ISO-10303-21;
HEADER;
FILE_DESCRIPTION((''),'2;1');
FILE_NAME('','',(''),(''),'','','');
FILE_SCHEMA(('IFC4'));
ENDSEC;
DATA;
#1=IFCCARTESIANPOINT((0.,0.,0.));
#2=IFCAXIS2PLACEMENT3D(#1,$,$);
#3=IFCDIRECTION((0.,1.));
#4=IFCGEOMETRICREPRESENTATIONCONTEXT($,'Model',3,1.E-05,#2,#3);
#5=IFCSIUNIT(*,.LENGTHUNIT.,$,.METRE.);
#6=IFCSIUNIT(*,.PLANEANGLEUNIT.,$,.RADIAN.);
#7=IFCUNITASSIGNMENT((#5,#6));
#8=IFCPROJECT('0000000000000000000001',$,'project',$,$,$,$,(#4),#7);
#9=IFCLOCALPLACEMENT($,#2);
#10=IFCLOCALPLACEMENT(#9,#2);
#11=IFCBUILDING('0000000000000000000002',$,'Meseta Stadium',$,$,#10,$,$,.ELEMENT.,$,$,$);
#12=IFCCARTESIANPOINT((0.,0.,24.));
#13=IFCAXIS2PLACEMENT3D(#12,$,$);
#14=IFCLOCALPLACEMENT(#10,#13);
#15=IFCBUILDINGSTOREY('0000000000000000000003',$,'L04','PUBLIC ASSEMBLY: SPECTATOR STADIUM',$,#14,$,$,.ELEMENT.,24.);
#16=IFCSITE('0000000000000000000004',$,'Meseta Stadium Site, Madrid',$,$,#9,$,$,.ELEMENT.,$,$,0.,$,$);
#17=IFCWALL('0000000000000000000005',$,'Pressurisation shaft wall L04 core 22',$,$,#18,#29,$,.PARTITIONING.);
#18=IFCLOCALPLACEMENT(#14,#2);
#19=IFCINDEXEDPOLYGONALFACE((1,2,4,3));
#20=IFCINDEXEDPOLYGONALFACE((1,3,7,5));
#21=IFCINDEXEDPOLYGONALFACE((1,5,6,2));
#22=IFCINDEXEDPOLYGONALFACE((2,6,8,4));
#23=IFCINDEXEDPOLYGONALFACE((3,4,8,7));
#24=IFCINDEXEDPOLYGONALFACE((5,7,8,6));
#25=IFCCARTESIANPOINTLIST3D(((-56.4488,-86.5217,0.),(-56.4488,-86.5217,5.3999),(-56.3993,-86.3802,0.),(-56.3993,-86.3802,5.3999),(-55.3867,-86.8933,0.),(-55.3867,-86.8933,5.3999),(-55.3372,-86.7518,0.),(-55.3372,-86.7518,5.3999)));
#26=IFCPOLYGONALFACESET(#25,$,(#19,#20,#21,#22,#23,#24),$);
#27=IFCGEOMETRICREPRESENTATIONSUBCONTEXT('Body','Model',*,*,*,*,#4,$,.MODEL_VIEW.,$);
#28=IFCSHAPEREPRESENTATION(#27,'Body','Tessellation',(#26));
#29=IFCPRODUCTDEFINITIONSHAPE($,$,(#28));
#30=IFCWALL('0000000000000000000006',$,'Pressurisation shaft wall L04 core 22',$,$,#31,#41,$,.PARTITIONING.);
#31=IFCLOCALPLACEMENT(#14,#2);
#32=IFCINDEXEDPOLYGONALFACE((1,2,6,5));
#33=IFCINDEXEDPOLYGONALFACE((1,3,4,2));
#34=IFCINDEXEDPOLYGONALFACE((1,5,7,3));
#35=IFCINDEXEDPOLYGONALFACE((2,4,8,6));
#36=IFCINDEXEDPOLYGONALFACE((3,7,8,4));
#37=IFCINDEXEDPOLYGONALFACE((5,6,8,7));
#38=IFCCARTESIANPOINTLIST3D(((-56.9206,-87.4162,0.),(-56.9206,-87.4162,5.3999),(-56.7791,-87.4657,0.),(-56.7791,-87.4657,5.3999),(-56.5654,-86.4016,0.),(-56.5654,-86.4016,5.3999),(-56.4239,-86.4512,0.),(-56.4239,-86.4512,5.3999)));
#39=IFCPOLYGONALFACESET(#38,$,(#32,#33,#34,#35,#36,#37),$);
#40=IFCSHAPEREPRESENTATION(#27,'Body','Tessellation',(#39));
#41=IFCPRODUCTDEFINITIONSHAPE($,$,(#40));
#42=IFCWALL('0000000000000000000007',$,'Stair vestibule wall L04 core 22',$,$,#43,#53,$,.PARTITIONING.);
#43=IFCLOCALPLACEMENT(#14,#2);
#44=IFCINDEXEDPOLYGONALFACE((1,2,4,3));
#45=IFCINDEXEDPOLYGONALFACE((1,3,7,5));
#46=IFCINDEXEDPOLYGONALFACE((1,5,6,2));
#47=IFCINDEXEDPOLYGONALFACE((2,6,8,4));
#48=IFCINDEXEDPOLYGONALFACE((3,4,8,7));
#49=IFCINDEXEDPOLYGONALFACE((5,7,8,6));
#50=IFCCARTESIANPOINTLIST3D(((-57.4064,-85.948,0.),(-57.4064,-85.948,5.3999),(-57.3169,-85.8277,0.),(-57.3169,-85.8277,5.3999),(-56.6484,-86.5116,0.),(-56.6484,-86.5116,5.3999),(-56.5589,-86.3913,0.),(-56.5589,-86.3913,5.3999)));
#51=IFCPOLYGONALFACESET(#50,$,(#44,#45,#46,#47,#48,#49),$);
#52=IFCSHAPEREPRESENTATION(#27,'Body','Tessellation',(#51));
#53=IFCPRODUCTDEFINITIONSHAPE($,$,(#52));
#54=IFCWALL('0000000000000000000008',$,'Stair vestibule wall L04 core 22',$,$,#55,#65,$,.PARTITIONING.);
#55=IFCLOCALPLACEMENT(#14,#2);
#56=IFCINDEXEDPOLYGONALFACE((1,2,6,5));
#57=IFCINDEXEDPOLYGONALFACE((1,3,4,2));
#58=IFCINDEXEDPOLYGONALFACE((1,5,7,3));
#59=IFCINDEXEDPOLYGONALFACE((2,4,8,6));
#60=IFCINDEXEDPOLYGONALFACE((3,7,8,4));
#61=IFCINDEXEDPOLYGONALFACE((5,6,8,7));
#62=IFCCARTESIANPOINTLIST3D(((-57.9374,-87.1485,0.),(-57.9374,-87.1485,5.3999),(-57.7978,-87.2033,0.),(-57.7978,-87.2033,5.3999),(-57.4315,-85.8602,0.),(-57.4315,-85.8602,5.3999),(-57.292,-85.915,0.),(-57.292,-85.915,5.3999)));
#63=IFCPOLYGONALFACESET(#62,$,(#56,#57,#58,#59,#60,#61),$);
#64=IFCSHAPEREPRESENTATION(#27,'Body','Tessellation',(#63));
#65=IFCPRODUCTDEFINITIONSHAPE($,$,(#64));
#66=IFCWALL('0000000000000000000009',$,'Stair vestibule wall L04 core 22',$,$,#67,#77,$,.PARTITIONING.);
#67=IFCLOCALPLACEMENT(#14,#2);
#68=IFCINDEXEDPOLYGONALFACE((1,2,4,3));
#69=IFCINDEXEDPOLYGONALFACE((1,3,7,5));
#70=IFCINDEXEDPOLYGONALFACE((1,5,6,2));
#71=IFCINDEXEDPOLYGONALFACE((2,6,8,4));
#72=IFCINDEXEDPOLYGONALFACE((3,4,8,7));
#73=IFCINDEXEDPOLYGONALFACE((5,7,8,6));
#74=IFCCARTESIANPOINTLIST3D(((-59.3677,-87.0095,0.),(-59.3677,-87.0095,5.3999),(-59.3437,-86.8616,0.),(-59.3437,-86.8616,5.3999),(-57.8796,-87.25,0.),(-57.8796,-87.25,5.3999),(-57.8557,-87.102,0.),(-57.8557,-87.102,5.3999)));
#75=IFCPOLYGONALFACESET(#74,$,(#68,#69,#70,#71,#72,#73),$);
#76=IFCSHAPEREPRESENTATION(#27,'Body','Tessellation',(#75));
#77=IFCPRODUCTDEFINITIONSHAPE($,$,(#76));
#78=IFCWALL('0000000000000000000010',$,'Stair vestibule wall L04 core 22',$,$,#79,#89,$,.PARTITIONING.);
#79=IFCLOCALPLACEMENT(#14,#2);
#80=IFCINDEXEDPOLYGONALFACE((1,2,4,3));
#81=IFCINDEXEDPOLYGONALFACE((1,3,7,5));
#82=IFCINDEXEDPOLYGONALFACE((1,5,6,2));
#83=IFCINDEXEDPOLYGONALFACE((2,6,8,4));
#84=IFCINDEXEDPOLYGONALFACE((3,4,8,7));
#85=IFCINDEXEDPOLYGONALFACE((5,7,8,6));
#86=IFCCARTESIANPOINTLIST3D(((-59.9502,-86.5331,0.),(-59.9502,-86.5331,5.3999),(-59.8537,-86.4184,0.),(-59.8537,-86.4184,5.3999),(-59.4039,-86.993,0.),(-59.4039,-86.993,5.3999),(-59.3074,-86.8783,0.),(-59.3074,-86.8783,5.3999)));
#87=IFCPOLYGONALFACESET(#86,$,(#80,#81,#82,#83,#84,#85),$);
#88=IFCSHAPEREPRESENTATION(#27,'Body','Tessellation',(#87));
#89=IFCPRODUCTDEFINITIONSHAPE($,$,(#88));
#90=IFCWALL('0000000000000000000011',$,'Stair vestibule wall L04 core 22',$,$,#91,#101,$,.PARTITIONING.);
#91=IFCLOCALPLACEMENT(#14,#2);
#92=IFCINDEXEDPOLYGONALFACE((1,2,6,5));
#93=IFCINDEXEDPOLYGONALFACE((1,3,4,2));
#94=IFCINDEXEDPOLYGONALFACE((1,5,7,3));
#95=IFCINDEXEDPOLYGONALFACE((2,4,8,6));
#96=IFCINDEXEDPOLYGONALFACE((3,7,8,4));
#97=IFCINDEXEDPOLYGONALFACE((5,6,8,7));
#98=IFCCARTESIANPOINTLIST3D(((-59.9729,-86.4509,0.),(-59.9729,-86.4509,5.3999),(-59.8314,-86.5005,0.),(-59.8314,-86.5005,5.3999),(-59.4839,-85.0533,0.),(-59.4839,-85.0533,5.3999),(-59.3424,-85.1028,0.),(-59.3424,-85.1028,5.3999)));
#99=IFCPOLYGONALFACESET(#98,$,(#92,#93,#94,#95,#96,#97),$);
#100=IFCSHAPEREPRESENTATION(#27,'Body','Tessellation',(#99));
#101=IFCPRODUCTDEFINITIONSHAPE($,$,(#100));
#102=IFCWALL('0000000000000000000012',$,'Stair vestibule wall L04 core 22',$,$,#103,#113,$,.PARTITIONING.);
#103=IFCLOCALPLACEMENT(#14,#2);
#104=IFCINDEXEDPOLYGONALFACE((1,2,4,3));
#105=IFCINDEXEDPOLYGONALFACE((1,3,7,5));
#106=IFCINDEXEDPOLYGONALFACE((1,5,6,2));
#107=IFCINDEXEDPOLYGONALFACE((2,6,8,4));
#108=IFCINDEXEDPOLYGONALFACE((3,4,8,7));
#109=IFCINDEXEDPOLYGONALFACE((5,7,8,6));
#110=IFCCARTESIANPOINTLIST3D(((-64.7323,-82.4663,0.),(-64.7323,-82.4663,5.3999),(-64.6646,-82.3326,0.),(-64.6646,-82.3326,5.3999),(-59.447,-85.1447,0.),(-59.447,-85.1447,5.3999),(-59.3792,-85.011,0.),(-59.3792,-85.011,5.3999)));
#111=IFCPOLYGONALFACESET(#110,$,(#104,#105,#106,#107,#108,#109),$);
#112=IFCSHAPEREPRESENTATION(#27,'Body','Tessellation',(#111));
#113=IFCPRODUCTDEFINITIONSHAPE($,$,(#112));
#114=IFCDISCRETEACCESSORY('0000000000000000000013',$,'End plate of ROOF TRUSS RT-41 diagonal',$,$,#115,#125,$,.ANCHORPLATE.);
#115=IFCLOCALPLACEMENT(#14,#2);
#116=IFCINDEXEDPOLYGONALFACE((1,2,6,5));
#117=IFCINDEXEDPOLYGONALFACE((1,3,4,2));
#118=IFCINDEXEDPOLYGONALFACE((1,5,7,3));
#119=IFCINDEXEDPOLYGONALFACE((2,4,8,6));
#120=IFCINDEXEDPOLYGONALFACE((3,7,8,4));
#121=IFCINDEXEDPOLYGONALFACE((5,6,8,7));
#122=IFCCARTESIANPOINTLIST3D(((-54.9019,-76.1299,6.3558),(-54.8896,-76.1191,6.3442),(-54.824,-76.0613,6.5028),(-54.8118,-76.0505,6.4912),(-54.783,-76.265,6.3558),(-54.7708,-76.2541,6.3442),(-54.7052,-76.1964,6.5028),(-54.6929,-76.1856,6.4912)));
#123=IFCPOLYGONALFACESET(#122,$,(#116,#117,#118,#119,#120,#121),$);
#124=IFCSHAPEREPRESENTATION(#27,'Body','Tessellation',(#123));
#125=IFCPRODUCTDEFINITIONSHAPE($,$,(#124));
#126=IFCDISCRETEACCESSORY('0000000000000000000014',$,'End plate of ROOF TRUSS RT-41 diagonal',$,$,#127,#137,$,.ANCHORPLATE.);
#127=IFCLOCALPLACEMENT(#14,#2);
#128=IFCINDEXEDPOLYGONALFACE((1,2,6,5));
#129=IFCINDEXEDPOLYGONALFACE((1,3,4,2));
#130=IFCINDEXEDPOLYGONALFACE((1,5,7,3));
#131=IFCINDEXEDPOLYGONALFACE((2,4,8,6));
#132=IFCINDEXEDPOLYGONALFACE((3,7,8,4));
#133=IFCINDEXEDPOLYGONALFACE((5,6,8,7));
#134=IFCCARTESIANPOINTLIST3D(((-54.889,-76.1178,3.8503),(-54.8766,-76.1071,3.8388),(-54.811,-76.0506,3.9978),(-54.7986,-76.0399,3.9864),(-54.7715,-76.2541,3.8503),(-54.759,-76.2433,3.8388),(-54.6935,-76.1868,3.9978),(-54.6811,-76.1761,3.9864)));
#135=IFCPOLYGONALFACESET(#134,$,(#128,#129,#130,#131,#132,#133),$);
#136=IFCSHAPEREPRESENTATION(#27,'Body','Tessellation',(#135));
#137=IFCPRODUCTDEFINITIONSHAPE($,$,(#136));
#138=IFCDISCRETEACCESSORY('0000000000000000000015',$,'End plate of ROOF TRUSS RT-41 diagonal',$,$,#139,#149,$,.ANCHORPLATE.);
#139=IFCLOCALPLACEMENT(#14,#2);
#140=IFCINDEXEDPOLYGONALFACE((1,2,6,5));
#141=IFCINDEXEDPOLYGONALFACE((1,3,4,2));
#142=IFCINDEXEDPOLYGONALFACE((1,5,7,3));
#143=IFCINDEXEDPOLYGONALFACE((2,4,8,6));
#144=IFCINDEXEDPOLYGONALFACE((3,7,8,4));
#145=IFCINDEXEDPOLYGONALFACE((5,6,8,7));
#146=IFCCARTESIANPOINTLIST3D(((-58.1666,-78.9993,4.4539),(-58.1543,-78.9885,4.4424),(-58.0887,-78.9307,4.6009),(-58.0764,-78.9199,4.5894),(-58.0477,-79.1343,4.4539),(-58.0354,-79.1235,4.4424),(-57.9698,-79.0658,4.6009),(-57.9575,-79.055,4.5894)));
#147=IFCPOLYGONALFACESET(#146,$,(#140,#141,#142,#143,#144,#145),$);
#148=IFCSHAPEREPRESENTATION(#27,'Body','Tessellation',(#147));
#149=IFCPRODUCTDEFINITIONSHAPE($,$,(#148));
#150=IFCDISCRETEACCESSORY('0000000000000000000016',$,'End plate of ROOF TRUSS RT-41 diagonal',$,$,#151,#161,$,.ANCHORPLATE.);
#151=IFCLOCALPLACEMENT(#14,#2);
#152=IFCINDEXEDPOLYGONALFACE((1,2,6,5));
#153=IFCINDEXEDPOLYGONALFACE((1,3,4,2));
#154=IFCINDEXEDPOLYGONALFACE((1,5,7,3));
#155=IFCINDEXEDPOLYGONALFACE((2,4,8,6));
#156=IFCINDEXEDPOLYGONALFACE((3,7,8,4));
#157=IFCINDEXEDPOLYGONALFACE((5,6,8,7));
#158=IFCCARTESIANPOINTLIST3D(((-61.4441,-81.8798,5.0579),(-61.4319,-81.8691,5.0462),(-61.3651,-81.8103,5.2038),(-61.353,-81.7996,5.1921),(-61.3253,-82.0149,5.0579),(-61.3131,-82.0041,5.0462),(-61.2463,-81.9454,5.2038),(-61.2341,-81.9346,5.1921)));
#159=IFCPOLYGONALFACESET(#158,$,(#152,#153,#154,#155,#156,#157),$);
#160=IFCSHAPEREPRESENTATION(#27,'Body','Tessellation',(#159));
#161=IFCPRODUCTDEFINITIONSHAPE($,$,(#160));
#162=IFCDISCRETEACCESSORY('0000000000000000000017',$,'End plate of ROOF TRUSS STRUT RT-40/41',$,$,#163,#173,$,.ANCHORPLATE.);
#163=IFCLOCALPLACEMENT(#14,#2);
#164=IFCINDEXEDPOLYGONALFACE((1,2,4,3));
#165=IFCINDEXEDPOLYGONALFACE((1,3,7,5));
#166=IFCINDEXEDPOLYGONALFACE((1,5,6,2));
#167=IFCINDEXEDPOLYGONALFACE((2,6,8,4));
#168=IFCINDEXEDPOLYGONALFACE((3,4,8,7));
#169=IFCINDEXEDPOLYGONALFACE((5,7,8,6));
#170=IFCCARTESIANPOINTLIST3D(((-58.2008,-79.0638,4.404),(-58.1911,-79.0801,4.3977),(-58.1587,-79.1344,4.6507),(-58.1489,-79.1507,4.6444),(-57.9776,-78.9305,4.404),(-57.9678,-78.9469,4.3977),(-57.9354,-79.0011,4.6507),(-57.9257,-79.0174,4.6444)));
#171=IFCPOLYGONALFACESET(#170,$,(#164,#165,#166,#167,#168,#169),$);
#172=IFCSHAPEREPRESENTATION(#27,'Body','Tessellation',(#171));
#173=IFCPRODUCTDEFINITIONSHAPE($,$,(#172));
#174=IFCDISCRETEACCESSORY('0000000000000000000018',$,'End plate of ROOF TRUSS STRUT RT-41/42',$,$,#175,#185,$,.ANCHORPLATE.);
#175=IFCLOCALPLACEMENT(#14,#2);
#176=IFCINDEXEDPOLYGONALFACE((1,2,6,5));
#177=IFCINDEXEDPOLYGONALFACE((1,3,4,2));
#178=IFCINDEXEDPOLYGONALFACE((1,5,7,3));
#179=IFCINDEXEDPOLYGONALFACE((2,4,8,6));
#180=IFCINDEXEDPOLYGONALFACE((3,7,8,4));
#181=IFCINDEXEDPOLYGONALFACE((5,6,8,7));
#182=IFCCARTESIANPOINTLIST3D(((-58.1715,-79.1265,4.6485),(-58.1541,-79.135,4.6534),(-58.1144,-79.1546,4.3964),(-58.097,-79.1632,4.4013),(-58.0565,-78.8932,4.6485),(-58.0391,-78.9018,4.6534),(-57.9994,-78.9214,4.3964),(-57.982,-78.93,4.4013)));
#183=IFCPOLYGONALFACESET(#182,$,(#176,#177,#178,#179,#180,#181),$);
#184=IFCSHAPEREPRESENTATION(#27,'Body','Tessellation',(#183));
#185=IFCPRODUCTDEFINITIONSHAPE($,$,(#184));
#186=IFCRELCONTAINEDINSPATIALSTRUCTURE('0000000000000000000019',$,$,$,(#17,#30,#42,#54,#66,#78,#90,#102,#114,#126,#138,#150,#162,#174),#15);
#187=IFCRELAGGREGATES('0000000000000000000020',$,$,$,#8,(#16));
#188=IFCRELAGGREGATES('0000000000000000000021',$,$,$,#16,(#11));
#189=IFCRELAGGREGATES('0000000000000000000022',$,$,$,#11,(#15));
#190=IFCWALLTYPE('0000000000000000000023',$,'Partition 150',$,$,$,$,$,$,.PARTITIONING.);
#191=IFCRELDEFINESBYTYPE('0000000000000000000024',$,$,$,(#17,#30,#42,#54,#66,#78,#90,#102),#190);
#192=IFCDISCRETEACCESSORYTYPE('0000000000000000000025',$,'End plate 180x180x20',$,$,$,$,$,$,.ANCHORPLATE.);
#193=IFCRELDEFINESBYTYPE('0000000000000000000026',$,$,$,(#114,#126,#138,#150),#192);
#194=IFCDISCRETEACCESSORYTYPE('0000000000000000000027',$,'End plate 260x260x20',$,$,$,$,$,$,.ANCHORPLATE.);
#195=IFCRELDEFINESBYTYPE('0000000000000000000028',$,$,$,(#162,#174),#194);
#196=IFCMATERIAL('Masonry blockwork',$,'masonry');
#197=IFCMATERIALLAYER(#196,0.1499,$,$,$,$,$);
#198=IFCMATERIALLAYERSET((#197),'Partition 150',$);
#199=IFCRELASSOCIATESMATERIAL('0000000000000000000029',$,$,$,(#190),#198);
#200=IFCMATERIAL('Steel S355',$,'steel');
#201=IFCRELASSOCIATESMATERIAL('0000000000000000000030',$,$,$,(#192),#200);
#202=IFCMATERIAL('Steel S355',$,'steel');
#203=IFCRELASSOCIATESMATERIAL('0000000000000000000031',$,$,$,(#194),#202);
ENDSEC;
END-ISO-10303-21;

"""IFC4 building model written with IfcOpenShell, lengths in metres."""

from ifc_helpers import new_model, si_unit, direction, frame, frame_2d, origin, origin_2d, place, context, subcontext, project, spatial, rectangle, extrude, material, layer, layer_set, material_profile, profile_set, type_object, element, save


model = new_model("IFC4")

# Units and contexts
model_context = context("Model", 3, precision=1e-05, world=origin(), true_north=direction((0.0, 1.0)))
body_context = subcontext(model_context, "Body", "Model", "MODEL_VIEW")
ifc_project = project(units=[si_unit("LENGTHUNIT", "METRE"), si_unit("PLANEANGLEUNIT", "RADIAN")], contexts=[model_context])

# Site, building, storey
site_placement = place(None, origin())
site = spatial("IfcSite", under=ifc_project, at=site_placement, Name="Meseta Stadium Site, Madrid", CompositionType="ELEMENT", RefElevation=0.0)
building_placement = place(site_placement, origin())
building = spatial("IfcBuilding", under=site, at=building_placement, Name="Meseta Stadium", CompositionType="ELEMENT")
storey_placement = place(building_placement, frame((0.0, 0.0, 24.0)))
storey = spatial("IfcBuildingStorey", under=building, at=storey_placement, Name="L04", Description="PUBLIC ASSEMBLY: SPECTATOR STADIUM", CompositionType="ELEMENT", Elevation=24.0)

# Walls
ifc_material_1 = material(Name="Masonry blockwork", Category="masonry")
ifc_layer = layer(ifc_material_1, 0.1499)
ifc_layer_set = layer_set([ifc_layer], Name="Partition 150")
wall_type = type_object("IfcWallType", Name="Partition 150", PredefinedType="PARTITIONING", material=ifc_layer_set)
wall_1_placement = place(storey_placement, frame((-55.3621, -86.8225, 0.0), z_axis=(0.0, 0.0, 1.0), x_axis=(-0.943892, 0.330254, 0.0)))
element("IfcWall", 1, at=wall_1_placement, inside=storey, type_object=wall_type, Name="Pressurisation shaft wall L04 core 22", PredefinedType="PARTITIONING", context=body_context, shape_type="SweptSolid", body=[
    extrude(rectangle(XDim=1.1252, YDim=0.1499, at=frame_2d((0.5625, 0.0))), origin(), (0.0, 0.0, 1.0), 5.3999),
])
wall_2_placement = place(storey_placement, frame((-56.4946, -86.4263, 0.0), z_axis=(0.0, 0.0, 1.0), x_axis=(-0.330431, -0.94383, 0.0)))
element("IfcWall", 2, at=wall_2_placement, inside=storey, type_object=wall_type, Name="Pressurisation shaft wall L04 core 22", PredefinedType="PARTITIONING", context=body_context, shape_type="SweptSolid", body=[
    extrude(rectangle(XDim=1.075, YDim=0.1499, at=frame_2d((0.5376, 0.0))), origin(), (0.0, 0.0, 1.0), 5.3999),
])
wall_3_placement = place(storey_placement, frame((-56.6038, -86.4514, 0.0), z_axis=(0.0, 0.0, 1.0), x_axis=(-0.802443, 0.596728, 0.0)))
element("IfcWall", 3, at=wall_3_placement, inside=storey, type_object=wall_type, Name="Stair vestibule wall L04 core 22", PredefinedType="PARTITIONING", context=body_context, shape_type="SweptSolid", body=[
    extrude(rectangle(XDim=0.9446, YDim=0.1499, at=frame_2d((0.4722, 0.0))), origin(), (0.0, 0.0, 1.0), 5.3999),
])
wall_4_placement = place(storey_placement, frame((-57.3618, -85.8877, 0.0), z_axis=(0.0, 0.0, 1.0), x_axis=(-0.365483, -0.930818, 0.0)))
element("IfcWall", 4, at=wall_4_placement, inside=storey, type_object=wall_type, Name="Stair vestibule wall L04 core 22", PredefinedType="PARTITIONING", context=body_context, shape_type="SweptSolid", body=[
    extrude(rectangle(XDim=1.384, YDim=0.1499, at=frame_2d((0.6919, 0.0))), origin(), (0.0, 0.0, 1.0), 5.3999),
])
wall_5_placement = place(storey_placement, frame((-57.8677, -87.176, 0.0), z_axis=(0.0, 0.0, 1.0), x_axis=(-0.987192, 0.159538, 0.0)))
element("IfcWall", 5, at=wall_5_placement, inside=storey, type_object=wall_type, Name="Stair vestibule wall L04 core 22", PredefinedType="PARTITIONING", context=body_context, shape_type="SweptSolid", body=[
    extrude(rectangle(XDim=1.5073, YDim=0.1499, at=frame_2d((0.7537, 0.0))), origin(), (0.0, 0.0, 1.0), 5.3999),
])
wall_6_placement = place(storey_placement, frame((-59.3557, -86.9355, 0.0), z_axis=(0.0, 0.0, 1.0), x_axis=(-0.765018, 0.644009, 0.0)))
element("IfcWall", 6, at=wall_6_placement, inside=storey, type_object=wall_type, Name="Stair vestibule wall L04 core 22", PredefinedType="PARTITIONING", context=body_context, shape_type="SweptSolid", body=[
    extrude(rectangle(XDim=0.7141, YDim=0.1499, at=frame_2d((0.3569, 0.0))), origin(), (0.0, 0.0, 1.0), 5.3999),
])
wall_7_placement = place(storey_placement, frame((-59.9021, -86.4756, 0.0), z_axis=(0.0, 0.0, 1.0), x_axis=(0.33024, 0.943897, 0.0)))
element("IfcWall", 7, at=wall_7_placement, inside=storey, type_object=wall_type, Name="Stair vestibule wall L04 core 22", PredefinedType="PARTITIONING", context=body_context, shape_type="SweptSolid", body=[
    extrude(rectangle(XDim=1.4807, YDim=0.1499, at=frame_2d((0.7402, 0.0))), origin(), (0.0, 0.0, 1.0), 5.3999),
])
wall_8_placement = place(storey_placement, frame((-59.4131, -85.0779, 0.0), z_axis=(0.0, 0.0, 1.0), x_axis=(-0.892, 0.452036, 0.0)))
element("IfcWall", 8, at=wall_8_placement, inside=storey, type_object=wall_type, Name="Stair vestibule wall L04 core 22", PredefinedType="PARTITIONING", context=body_context, shape_type="SweptSolid", body=[
    extrude(rectangle(XDim=5.9253, YDim=0.1499, at=frame_2d((2.9626, 0.0))), origin(), (0.0, 0.0, 1.0), 5.3999),
])

# Discrete accessories
ifc_material_2 = material(Name="Steel S355", Category="steel")
ifc_material_profile_1 = material_profile(ifc_material_2, rectangle(XDim=0.1799, YDim=0.1799, at=origin_2d()), Name="PL 180x180")
ifc_profile_set_1 = profile_set([ifc_material_profile_1], Name="Steel S355")
discrete_accessory_type_1 = type_object("IfcDiscreteAccessoryType", Name="End plate 180x180x20", PredefinedType="ANCHORPLATE", material=ifc_profile_set_1)
for number, where, z_axis, x_axis, name in (
    (9, (-54.7913, -76.1523, 6.4177), (-0.61337, -0.539766, 0.576568), (0.660628, -0.750714, 0.0), "End plate of ROOF TRUSS RT-41 diagonal"),
    (10, (-54.7788, -76.1416, 3.9126), (-0.620936, -0.53571, 0.572235), (0.653233, -0.757157, 0.0), "End plate of ROOF TRUSS RT-41 diagonal"),
    (11, (-58.0559, -79.0217, 4.5159), (-0.61337, -0.539766, 0.576568), (0.660628, -0.750714, 0.0), "End plate of ROOF TRUSS RT-41 diagonal"),
    (12, (-61.333, -81.9019, 5.1191), (-0.609032, -0.535948, 0.584671), (0.660628, -0.750714, 0.0), "End plate of ROOF TRUSS RT-41 diagonal"),
):
    element("IfcDiscreteAccessory", number, at=place(storey_placement, frame(where, z_axis=z_axis, x_axis=x_axis)), inside=storey, type_object=discrete_accessory_type_1, Name=name, PredefinedType="ANCHORPLATE", context=body_context, shape_type="SweptSolid", body=[
        extrude(rectangle(XDim=0.1799, YDim=0.1799, at=origin_2d()), origin(), (0.0, 0.0, 1.0), 0.02),
    ])
ifc_material_3 = material(Name="Steel S355", Category="steel")
ifc_material_profile_2 = material_profile(ifc_material_3, rectangle(XDim=0.26, YDim=0.26, at=origin_2d()), Name="PL 260x260")
ifc_profile_set_2 = profile_set([ifc_material_profile_2], Name="Steel S355")
discrete_accessory_type_2 = type_object("IfcDiscreteAccessoryType", Name="End plate 260x260x20", PredefinedType="ANCHORPLATE", material=ifc_profile_set_2)
for number, where, z_axis, x_axis, name in (
    (13, (-58.0681, -79.0325, 4.5273), (0.486324, -0.814593, -0.316111), (0.858622, 0.51261, 0.0), "End plate of ROOF TRUSS STRUT RT-40/41"),
    (14, (-58.0854, -79.0239, 4.5225), (0.869612, -0.428682, 0.244961), (0.442153, 0.89694, 0.0), "End plate of ROOF TRUSS STRUT RT-41/42"),
):
    element("IfcDiscreteAccessory", number, at=place(storey_placement, frame(where, z_axis=z_axis, x_axis=x_axis)), inside=storey, type_object=discrete_accessory_type_2, Name=name, PredefinedType="ANCHORPLATE", context=body_context, shape_type="SweptSolid", body=[
        extrude(rectangle(XDim=0.26, YDim=0.26, at=origin_2d()), origin(), (0.0, 0.0, 1.0), 0.02),
    ])

save(model, "model.ifc")
